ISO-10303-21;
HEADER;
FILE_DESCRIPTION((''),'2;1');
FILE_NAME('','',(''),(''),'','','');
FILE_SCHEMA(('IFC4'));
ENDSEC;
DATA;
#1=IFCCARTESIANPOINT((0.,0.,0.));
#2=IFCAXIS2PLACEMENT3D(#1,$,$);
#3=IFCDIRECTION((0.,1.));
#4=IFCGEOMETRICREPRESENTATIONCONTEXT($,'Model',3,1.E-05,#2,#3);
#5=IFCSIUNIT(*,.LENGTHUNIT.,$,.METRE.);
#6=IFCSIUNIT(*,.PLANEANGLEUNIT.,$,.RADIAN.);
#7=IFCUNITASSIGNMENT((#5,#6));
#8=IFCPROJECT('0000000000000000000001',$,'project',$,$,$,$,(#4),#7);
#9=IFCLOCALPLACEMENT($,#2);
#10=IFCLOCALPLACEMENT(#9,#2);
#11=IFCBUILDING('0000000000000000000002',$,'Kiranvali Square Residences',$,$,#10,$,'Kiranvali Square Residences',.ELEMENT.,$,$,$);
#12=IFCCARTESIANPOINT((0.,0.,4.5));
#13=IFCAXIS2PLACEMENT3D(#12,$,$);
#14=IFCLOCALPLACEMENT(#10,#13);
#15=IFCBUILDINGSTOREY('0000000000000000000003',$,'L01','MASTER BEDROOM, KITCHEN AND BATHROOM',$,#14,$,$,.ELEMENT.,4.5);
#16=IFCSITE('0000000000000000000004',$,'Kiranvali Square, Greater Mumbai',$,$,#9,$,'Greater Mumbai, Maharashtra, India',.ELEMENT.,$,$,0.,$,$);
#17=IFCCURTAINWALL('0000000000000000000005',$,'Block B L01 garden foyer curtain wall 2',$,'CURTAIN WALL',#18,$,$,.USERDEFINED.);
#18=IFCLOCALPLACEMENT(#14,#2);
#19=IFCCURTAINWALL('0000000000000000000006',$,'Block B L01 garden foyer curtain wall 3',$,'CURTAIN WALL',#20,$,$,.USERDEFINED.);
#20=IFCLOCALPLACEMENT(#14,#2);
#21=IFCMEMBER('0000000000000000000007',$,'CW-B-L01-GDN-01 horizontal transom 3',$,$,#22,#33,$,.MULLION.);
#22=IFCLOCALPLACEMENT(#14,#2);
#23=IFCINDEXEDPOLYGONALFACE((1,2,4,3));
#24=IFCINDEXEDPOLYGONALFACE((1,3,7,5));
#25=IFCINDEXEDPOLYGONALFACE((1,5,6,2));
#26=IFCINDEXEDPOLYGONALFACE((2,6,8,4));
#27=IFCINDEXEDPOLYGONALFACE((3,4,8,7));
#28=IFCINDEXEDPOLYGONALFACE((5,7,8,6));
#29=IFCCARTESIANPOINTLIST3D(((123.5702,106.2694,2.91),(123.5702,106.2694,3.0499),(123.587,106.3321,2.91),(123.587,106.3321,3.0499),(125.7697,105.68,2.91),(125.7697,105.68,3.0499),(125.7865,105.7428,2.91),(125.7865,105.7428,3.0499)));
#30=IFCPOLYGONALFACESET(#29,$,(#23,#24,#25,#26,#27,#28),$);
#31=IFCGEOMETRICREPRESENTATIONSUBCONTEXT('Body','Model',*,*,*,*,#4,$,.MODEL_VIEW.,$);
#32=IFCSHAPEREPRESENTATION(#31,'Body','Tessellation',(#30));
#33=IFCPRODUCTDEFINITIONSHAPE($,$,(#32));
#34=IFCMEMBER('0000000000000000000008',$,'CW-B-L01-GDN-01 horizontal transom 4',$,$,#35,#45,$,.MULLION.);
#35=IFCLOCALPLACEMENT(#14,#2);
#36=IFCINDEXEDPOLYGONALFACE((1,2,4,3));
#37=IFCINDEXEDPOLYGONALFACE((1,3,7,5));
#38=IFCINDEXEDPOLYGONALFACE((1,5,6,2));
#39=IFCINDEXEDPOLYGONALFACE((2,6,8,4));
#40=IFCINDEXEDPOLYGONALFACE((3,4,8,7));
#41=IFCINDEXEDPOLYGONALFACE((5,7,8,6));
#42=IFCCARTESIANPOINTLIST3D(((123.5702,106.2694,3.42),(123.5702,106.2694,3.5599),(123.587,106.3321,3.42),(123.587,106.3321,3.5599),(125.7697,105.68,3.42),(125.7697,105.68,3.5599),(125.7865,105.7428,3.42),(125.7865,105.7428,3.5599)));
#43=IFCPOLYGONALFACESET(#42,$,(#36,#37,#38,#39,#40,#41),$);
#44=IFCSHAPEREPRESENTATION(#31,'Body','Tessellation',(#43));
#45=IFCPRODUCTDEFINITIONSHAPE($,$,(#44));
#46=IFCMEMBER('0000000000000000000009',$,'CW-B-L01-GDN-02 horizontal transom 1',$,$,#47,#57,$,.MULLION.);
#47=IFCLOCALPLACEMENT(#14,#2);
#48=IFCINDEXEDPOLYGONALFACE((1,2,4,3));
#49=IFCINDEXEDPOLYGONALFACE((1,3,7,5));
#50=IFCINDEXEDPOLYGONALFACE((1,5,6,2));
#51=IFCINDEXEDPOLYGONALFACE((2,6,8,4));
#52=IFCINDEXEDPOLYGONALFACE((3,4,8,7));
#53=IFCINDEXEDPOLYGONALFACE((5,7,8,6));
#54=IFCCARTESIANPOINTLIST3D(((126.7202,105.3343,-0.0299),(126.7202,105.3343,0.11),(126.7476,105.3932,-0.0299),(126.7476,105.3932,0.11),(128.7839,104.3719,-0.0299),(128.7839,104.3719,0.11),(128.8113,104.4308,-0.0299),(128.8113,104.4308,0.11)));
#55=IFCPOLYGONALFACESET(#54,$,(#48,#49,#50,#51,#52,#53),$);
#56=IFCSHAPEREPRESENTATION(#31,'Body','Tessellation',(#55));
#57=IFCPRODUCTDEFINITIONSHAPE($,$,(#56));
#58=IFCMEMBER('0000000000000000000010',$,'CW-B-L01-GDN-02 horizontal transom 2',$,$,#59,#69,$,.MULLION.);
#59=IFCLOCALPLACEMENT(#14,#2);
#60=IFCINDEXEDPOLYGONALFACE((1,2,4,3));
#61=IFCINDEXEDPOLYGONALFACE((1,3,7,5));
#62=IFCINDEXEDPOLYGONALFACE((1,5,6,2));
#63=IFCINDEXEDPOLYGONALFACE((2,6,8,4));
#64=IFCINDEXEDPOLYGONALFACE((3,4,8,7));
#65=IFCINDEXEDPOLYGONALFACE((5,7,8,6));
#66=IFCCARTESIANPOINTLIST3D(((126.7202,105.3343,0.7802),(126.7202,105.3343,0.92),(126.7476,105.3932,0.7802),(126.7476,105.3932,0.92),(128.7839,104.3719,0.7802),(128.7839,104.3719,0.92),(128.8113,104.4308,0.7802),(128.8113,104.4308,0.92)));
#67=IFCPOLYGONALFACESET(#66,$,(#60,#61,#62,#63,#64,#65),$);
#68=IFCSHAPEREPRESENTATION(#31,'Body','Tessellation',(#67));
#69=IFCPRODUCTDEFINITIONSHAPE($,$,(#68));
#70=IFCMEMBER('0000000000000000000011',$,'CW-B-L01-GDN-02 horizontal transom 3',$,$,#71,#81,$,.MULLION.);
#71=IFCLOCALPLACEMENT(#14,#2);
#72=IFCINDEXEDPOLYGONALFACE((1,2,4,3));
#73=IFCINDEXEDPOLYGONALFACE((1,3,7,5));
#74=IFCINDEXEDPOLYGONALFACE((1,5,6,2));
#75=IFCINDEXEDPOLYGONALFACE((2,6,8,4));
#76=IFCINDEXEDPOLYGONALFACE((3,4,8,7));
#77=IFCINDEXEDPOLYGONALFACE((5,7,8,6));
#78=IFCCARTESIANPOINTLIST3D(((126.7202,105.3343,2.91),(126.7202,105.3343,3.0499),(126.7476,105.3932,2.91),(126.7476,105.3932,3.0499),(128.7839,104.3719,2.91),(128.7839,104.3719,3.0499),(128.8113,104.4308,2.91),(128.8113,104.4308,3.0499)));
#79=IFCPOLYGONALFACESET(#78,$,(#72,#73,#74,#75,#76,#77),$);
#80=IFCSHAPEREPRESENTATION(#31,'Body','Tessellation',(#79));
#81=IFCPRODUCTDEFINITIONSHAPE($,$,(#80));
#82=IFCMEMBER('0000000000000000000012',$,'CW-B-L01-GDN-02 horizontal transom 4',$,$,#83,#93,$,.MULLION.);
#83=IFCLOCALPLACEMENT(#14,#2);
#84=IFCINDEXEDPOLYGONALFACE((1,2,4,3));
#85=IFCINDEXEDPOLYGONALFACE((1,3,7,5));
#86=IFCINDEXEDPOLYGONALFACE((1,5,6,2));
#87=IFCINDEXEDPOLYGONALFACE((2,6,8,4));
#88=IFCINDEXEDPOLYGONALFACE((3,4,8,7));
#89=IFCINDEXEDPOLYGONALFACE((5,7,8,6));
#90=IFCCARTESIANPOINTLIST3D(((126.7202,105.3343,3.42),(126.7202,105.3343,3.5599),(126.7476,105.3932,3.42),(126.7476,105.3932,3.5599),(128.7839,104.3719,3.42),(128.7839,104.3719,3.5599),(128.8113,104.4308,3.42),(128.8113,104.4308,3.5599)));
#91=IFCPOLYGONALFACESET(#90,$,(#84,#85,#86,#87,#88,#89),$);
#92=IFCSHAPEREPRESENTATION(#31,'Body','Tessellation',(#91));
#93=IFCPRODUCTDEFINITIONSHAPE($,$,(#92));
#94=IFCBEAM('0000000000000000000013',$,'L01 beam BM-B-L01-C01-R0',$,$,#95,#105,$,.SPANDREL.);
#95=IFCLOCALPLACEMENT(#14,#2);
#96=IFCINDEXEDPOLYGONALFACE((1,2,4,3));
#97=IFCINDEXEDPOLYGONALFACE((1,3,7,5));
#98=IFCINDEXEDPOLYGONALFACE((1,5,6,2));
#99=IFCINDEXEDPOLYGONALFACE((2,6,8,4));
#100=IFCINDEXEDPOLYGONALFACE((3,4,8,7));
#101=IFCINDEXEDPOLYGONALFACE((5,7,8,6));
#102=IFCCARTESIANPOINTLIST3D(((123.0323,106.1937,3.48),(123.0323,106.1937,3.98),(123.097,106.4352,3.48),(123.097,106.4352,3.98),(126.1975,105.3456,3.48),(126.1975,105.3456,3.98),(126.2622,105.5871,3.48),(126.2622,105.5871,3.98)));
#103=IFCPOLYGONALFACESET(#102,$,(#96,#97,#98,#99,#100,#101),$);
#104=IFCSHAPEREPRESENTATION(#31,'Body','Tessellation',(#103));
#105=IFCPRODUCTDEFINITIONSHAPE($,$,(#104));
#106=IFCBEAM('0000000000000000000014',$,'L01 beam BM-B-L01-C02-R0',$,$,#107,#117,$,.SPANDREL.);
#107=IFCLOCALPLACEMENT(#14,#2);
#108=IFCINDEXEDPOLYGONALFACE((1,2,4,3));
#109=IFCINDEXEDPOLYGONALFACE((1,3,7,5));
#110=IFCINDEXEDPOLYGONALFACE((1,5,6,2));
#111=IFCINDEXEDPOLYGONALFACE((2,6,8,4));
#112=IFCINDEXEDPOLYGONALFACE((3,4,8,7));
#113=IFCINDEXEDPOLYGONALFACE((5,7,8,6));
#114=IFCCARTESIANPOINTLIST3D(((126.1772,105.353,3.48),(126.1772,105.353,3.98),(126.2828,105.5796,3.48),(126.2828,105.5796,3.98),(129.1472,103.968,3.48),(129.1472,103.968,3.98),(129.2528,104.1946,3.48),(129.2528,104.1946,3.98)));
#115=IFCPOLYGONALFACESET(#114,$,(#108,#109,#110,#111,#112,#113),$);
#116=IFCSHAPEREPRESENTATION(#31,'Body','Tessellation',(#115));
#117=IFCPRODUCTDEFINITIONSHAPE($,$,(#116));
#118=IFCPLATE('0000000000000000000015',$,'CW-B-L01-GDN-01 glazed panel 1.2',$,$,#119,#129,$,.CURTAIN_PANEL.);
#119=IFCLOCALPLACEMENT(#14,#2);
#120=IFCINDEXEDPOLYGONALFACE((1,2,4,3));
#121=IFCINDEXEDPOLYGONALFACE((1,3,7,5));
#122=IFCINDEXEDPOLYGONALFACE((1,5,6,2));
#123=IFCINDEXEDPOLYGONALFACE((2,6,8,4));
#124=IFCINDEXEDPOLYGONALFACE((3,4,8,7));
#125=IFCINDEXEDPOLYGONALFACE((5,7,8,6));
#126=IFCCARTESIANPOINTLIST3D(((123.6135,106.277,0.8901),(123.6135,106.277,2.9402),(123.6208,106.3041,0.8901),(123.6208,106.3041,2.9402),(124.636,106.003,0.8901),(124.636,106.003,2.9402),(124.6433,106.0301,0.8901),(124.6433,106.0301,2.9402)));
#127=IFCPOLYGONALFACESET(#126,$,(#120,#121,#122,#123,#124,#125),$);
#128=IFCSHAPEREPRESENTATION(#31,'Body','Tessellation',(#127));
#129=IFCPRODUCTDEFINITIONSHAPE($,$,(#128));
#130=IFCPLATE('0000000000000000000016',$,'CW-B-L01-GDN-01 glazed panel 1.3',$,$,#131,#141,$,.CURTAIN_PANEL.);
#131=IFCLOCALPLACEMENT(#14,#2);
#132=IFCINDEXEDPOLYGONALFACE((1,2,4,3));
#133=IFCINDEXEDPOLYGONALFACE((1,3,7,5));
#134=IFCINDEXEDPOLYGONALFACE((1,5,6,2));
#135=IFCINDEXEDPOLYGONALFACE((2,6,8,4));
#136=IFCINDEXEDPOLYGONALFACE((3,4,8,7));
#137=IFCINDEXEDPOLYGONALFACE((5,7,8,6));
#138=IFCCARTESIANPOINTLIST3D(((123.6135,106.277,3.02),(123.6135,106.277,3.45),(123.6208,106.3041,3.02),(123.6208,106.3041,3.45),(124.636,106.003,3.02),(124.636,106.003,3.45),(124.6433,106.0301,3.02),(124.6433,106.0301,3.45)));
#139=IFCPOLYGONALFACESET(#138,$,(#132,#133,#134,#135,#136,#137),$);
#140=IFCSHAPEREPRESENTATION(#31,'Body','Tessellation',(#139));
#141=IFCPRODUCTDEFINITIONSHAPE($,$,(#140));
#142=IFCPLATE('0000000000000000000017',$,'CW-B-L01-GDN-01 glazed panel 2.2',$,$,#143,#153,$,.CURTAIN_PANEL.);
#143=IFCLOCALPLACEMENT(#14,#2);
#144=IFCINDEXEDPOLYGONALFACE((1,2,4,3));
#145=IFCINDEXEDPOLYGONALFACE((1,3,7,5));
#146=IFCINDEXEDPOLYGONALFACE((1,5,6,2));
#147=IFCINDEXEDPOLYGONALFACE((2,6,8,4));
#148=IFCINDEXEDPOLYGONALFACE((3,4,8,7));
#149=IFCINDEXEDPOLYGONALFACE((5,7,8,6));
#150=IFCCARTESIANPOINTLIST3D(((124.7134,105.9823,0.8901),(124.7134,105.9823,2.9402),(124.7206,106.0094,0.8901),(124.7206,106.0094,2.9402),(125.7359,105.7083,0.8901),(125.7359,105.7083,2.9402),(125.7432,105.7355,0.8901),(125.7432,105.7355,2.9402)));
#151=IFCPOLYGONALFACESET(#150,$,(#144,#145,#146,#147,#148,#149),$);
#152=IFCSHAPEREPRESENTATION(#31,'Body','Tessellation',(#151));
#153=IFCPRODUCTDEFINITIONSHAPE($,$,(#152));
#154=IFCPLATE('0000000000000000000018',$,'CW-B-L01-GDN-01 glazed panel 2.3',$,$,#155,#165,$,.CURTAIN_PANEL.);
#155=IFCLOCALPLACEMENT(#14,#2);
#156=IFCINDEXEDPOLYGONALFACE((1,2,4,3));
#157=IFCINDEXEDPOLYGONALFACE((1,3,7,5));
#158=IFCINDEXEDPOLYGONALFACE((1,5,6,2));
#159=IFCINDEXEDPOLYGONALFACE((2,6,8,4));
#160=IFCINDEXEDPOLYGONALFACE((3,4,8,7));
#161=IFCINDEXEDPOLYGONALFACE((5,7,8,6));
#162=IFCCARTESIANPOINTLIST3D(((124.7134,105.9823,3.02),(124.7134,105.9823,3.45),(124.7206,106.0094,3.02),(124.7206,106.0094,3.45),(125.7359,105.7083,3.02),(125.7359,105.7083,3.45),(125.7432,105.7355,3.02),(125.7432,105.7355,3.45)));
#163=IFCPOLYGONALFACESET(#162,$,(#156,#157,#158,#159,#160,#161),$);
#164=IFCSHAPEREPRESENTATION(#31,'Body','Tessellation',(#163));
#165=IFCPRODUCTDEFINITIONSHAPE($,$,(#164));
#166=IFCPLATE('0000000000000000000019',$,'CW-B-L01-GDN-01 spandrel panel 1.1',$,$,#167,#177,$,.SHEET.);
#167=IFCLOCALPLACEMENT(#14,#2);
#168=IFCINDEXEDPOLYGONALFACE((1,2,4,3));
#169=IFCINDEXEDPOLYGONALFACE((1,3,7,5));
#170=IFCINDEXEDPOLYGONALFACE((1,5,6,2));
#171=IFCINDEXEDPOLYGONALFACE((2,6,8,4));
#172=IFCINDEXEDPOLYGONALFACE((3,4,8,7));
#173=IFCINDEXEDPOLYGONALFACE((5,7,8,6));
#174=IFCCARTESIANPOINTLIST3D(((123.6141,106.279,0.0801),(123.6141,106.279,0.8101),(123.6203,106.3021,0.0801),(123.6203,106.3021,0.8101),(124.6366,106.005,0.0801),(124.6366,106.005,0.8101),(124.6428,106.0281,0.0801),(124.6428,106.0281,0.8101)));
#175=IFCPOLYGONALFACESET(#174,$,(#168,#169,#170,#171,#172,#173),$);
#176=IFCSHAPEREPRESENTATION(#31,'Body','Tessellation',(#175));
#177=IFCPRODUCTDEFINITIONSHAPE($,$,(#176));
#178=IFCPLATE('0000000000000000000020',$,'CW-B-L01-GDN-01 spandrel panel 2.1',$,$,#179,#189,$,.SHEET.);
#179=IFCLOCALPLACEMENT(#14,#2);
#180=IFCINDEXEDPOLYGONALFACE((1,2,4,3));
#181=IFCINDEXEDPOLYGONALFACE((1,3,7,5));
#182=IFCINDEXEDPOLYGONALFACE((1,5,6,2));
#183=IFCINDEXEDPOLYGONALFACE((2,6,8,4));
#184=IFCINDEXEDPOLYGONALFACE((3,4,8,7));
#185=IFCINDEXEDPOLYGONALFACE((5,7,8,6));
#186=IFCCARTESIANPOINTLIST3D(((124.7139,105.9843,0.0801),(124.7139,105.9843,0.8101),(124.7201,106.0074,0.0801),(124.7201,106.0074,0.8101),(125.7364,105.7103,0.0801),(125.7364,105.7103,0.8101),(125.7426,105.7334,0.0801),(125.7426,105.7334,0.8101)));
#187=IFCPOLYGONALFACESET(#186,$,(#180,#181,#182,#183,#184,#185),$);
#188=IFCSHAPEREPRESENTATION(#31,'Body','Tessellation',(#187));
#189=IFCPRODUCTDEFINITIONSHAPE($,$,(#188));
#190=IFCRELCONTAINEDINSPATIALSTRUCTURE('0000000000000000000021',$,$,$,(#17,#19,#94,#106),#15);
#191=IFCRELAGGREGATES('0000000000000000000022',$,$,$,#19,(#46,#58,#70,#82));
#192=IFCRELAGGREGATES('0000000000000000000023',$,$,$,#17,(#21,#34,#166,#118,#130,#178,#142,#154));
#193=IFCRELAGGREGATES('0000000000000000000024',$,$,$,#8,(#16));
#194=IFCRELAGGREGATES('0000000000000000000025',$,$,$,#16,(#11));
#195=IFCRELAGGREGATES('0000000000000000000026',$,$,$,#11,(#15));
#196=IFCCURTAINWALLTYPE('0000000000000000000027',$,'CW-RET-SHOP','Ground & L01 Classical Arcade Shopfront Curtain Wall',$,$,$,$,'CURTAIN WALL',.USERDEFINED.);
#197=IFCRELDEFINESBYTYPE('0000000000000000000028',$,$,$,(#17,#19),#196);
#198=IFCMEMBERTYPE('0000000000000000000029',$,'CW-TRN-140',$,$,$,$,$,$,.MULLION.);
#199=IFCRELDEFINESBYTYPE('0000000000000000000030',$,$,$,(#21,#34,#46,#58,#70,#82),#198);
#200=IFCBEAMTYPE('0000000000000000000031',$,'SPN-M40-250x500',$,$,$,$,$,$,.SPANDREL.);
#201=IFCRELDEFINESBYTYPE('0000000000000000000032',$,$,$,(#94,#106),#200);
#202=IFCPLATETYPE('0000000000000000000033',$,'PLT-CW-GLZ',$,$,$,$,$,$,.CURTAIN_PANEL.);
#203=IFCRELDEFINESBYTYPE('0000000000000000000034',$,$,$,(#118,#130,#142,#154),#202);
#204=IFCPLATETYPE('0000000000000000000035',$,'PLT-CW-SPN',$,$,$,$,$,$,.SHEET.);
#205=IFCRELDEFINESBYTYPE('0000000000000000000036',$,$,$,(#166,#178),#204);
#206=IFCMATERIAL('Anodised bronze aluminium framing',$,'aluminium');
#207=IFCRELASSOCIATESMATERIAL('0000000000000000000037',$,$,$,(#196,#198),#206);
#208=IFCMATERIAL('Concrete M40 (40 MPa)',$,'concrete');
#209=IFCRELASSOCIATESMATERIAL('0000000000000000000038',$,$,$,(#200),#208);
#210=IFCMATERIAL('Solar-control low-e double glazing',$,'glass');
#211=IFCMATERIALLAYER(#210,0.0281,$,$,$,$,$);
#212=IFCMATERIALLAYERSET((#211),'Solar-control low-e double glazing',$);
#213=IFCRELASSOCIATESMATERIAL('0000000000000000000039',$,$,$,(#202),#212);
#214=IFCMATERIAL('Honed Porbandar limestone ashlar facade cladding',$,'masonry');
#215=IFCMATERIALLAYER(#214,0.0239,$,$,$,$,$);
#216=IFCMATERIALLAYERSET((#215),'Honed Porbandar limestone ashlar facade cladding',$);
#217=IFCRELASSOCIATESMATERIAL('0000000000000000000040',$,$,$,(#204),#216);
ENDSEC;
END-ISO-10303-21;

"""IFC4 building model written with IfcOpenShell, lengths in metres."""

from ifc_helpers import new_model, si_unit, direction, frame, origin, origin_2d, place, context, subcontext, project, spatial, rectangle, extrude, material, layer, layer_set, material_profile, profile_set, type_object, element, aggregate, save


model = new_model("IFC4")

# Units and contexts
model_context = context("Model", 3, precision=1e-05, world=origin(), true_north=direction((0.0, 1.0)))
body_context = subcontext(model_context, "Body", "Model", "MODEL_VIEW")
ifc_project = project(units=[si_unit("LENGTHUNIT", "METRE"), si_unit("PLANEANGLEUNIT", "RADIAN")], contexts=[model_context])

# Site, building, storey
site_placement = place(None, origin())
site = spatial("IfcSite", under=ifc_project, at=site_placement, Name="Kiranvali Square, Greater Mumbai", LongName="Greater Mumbai, Maharashtra, India", CompositionType="ELEMENT", RefElevation=0.0)
building_placement = place(site_placement, origin())
building = spatial("IfcBuilding", under=site, at=building_placement, Name="Kiranvali Square Residences", LongName="Kiranvali Square Residences", CompositionType="ELEMENT")
storey_placement = place(building_placement, frame((0.0, 0.0, 4.5)))
storey = spatial("IfcBuildingStorey", under=building, at=storey_placement, Name="L01", Description="MASTER BEDROOM, KITCHEN AND BATHROOM", CompositionType="ELEMENT", Elevation=4.5)

# Shared definitions
ifc_material_1 = material(Name="Concrete M40 (40 MPa)", Category="concrete")

# Shared definitions
ifc_material_2 = material(Name="Anodised bronze aluminium framing", Category="aluminium")
curtain_wall_type = type_object("IfcCurtainWallType", Name="CW-RET-SHOP", Description="Ground & L01 Classical Arcade Shopfront Curtain Wall", ElementType="CURTAIN WALL", PredefinedType="USERDEFINED", material=ifc_material_2)

# Curtain wall
curtain_wall_1_placement = place(storey_placement, origin())
curtain_wall_1 = element("IfcCurtainWall", 1, at=curtain_wall_1_placement, inside=storey, type_object=curtain_wall_type, Name="Block B L01 garden foyer curtain wall 2", ObjectType="CURTAIN WALL", PredefinedType="USERDEFINED")

# Curtain wall
curtain_wall_2_placement = place(storey_placement, origin())
curtain_wall_2 = element("IfcCurtainWall", 2, at=curtain_wall_2_placement, inside=storey, type_object=curtain_wall_type, Name="Block B L01 garden foyer curtain wall 3", ObjectType="CURTAIN WALL", PredefinedType="USERDEFINED")

# Members
ifc_material_profile_1 = material_profile(ifc_material_2, rectangle(XDim=0.0649, YDim=0.1399, at=origin_2d()), Name="ALU 65x140")
ifc_profile_set_1 = profile_set([ifc_material_profile_1], Name="Anodised bronze aluminium framing")
member_type_1 = type_object("IfcMemberType", Name="CW-TRN-140", PredefinedType="MULLION", material=ifc_profile_set_1)
member_1_placement = place(storey_placement, frame((123.5786, 106.3008, 2.98), z_axis=(0.965925, -0.258824, 0.0), x_axis=(0.258824, 0.965925, 0.0)))
member_1 = element("IfcMember", 3, at=member_1_placement, type_object=member_type_1, Name="CW-B-L01-GDN-01 horizontal transom 3", PredefinedType="MULLION", context=body_context, shape_type="SweptSolid", body=[
    extrude(rectangle(XDim=0.0649, YDim=0.1399, at=origin_2d()), origin(), (0.0, 0.0, 1.0), 2.2771),
])
member_2_placement = place(storey_placement, frame((123.5786, 106.3008, 3.49), z_axis=(0.965925, -0.258824, 0.0), x_axis=(0.258824, 0.965925, 0.0)))
member_2 = element("IfcMember", 4, at=member_2_placement, type_object=member_type_1, Name="CW-B-L01-GDN-01 horizontal transom 4", PredefinedType="MULLION", context=body_context, shape_type="SweptSolid", body=[
    extrude(rectangle(XDim=0.0649, YDim=0.1399, at=origin_2d()), origin(), (0.0, 0.0, 1.0), 2.2771),
])
member_3_placement = place(storey_placement, frame((126.7339, 105.3638, 0.04), z_axis=(0.906295, -0.422645, 0.0), x_axis=(0.422645, 0.906295, 0.0)))
member_3 = element("IfcMember", 5, at=member_3_placement, type_object=member_type_1, Name="CW-B-L01-GDN-02 horizontal transom 1", PredefinedType="MULLION", context=body_context, shape_type="SweptSolid", body=[
    extrude(rectangle(XDim=0.0649, YDim=0.1399, at=origin_2d()), origin(), (0.0, 0.0, 1.0), 2.2771),
])
member_4_placement = place(storey_placement, frame((126.7339, 105.3638, 0.8501), z_axis=(0.906295, -0.422645, 0.0), x_axis=(0.422645, 0.906295, 0.0)))
member_4 = element("IfcMember", 6, at=member_4_placement, type_object=member_type_1, Name="CW-B-L01-GDN-02 horizontal transom 2", PredefinedType="MULLION", context=body_context, shape_type="SweptSolid", body=[
    extrude(rectangle(XDim=0.0649, YDim=0.1399, at=origin_2d()), origin(), (0.0, 0.0, 1.0), 2.2771),
])
member_5_placement = place(storey_placement, frame((126.7339, 105.3638, 2.98), z_axis=(0.906295, -0.422645, 0.0), x_axis=(0.422645, 0.906295, 0.0)))
member_5 = element("IfcMember", 7, at=member_5_placement, type_object=member_type_1, Name="CW-B-L01-GDN-02 horizontal transom 3", PredefinedType="MULLION", context=body_context, shape_type="SweptSolid", body=[
    extrude(rectangle(XDim=0.0649, YDim=0.1399, at=origin_2d()), origin(), (0.0, 0.0, 1.0), 2.2771),
])
member_6_placement = place(storey_placement, frame((126.7339, 105.3638, 3.49), z_axis=(0.906295, -0.422645, 0.0), x_axis=(0.422645, 0.906295, 0.0)))
member_6 = element("IfcMember", 8, at=member_6_placement, type_object=member_type_1, Name="CW-B-L01-GDN-02 horizontal transom 4", PredefinedType="MULLION", context=body_context, shape_type="SweptSolid", body=[
    extrude(rectangle(XDim=0.0649, YDim=0.1399, at=origin_2d()), origin(), (0.0, 0.0, 1.0), 2.2771),
])
aggregate(curtain_wall_2, [member_3, member_4, member_5, member_6])

# Beams
ifc_material_profile_2 = material_profile(ifc_material_1, rectangle(XDim=0.25, YDim=0.5, at=origin_2d()), Name="RC 250x500")
ifc_profile_set_2 = profile_set([ifc_material_profile_2], Name="Concrete M40 (40 MPa)")
beam_type_1 = type_object("IfcBeamType", Name="SPN-M40-250x500", PredefinedType="SPANDREL", material=ifc_profile_set_2)
beam_1_placement = place(storey_placement, frame((123.0647, 106.3145, 3.73), z_axis=(0.965925, -0.258822, 0.0), x_axis=(0.258822, 0.965925, 0.0)))
element("IfcBeam", 9, at=beam_1_placement, inside=storey, type_object=beam_type_1, Name="L01 beam BM-B-L01-C01-R0", PredefinedType="SPANDREL", context=body_context, shape_type="SweptSolid", body=[
    extrude(rectangle(XDim=0.25, YDim=0.5, at=origin_2d()), origin(), (0.0, 0.0, 1.0), 3.2769),
])
beam_2_placement = place(storey_placement, frame((126.23, 105.4663, 3.73), z_axis=(0.906297, -0.422641, 0.0), x_axis=(0.422641, 0.906297, 0.0)))
element("IfcBeam", 10, at=beam_2_placement, inside=storey, type_object=beam_type_1, Name="L01 beam BM-B-L01-C02-R0", PredefinedType="SPANDREL", context=body_context, shape_type="SweptSolid", body=[
    extrude(rectangle(XDim=0.25, YDim=0.5, at=origin_2d()), origin(), (0.0, 0.0, 1.0), 3.2771),
])

# Plates
ifc_material_3 = material(Name="Solar-control low-e double glazing", Category="glass")
ifc_layer_1 = layer(ifc_material_3, 0.0281)
ifc_layer_set_1 = layer_set([ifc_layer_1], Name="Solar-control low-e double glazing")
plate_type_1 = type_object("IfcPlateType", Name="PLT-CW-GLZ", PredefinedType="CURTAIN_PANEL", material=ifc_layer_set_1)
plate_1_placement = place(storey_placement, frame((124.1284, 106.1536, 0.8901), z_axis=(0.0, 0.0, 1.0), x_axis=(0.965926, -0.258819, 0.0)))
plate_1 = element("IfcPlate", 11, at=plate_1_placement, type_object=plate_type_1, Name="CW-B-L01-GDN-01 glazed panel 1.2", PredefinedType="CURTAIN_PANEL", context=body_context, shape_type="SweptSolid", body=[
    extrude(rectangle(XDim=1.0586, YDim=0.0281, at=origin_2d()), origin(), (0.0, 0.0, 1.0), 2.05),
])
plate_2_placement = place(storey_placement, frame((124.1284, 106.1536, 3.02), z_axis=(0.0, 0.0, 1.0), x_axis=(0.965926, -0.258819, 0.0)))
plate_2 = element("IfcPlate", 12, at=plate_2_placement, type_object=plate_type_1, Name="CW-B-L01-GDN-01 glazed panel 1.3", PredefinedType="CURTAIN_PANEL", context=body_context, shape_type="SweptSolid", body=[
    extrude(rectangle(XDim=1.0586, YDim=0.0281, at=origin_2d()), origin(), (0.0, 0.0, 1.0), 0.4299),
])
plate_3_placement = place(storey_placement, frame((125.2283, 105.8589, 0.8901), z_axis=(0.0, 0.0, 1.0), x_axis=(0.965926, -0.258819, 0.0)))
plate_3 = element("IfcPlate", 13, at=plate_3_placement, type_object=plate_type_1, Name="CW-B-L01-GDN-01 glazed panel 2.2", PredefinedType="CURTAIN_PANEL", context=body_context, shape_type="SweptSolid", body=[
    extrude(rectangle(XDim=1.0586, YDim=0.0281, at=origin_2d()), origin(), (0.0, 0.0, 1.0), 2.05),
])
plate_4_placement = place(storey_placement, frame((125.2283, 105.8589, 3.02), z_axis=(0.0, 0.0, 1.0), x_axis=(0.965926, -0.258819, 0.0)))
plate_4 = element("IfcPlate", 14, at=plate_4_placement, type_object=plate_type_1, Name="CW-B-L01-GDN-01 glazed panel 2.3", PredefinedType="CURTAIN_PANEL", context=body_context, shape_type="SweptSolid", body=[
    extrude(rectangle(XDim=1.0586, YDim=0.0281, at=origin_2d()), origin(), (0.0, 0.0, 1.0), 0.4299),
])
ifc_material_4 = material(Name="Honed Porbandar limestone ashlar facade cladding", Category="masonry")
ifc_layer_2 = layer(ifc_material_4, 0.0239)
ifc_layer_set_2 = layer_set([ifc_layer_2], Name="Honed Porbandar limestone ashlar facade cladding")
plate_type_2 = type_object("IfcPlateType", Name="PLT-CW-SPN", PredefinedType="SHEET", material=ifc_layer_set_2)
plate_5_placement = place(storey_placement, frame((124.1284, 106.1536, 0.0801), z_axis=(0.0, 0.0, 1.0), x_axis=(0.965926, -0.258819, 0.0)))
plate_5 = element("IfcPlate", 15, at=plate_5_placement, type_object=plate_type_2, Name="CW-B-L01-GDN-01 spandrel panel 1.1", PredefinedType="SHEET", context=body_context, shape_type="SweptSolid", body=[
    extrude(rectangle(XDim=1.0586, YDim=0.0239, at=origin_2d()), origin(), (0.0, 0.0, 1.0), 0.73),
])
plate_6_placement = place(storey_placement, frame((125.2283, 105.8589, 0.0801), z_axis=(0.0, 0.0, 1.0), x_axis=(0.965926, -0.258819, 0.0)))
plate_6 = element("IfcPlate", 16, at=plate_6_placement, type_object=plate_type_2, Name="CW-B-L01-GDN-01 spandrel panel 2.1", PredefinedType="SHEET", context=body_context, shape_type="SweptSolid", body=[
    extrude(rectangle(XDim=1.0586, YDim=0.0239, at=origin_2d()), origin(), (0.0, 0.0, 1.0), 0.73),
])
aggregate(curtain_wall_1, [member_1, member_2, plate_5, plate_1, plate_2, plate_6, plate_3, plate_4])

save(model, "model.ifc")
